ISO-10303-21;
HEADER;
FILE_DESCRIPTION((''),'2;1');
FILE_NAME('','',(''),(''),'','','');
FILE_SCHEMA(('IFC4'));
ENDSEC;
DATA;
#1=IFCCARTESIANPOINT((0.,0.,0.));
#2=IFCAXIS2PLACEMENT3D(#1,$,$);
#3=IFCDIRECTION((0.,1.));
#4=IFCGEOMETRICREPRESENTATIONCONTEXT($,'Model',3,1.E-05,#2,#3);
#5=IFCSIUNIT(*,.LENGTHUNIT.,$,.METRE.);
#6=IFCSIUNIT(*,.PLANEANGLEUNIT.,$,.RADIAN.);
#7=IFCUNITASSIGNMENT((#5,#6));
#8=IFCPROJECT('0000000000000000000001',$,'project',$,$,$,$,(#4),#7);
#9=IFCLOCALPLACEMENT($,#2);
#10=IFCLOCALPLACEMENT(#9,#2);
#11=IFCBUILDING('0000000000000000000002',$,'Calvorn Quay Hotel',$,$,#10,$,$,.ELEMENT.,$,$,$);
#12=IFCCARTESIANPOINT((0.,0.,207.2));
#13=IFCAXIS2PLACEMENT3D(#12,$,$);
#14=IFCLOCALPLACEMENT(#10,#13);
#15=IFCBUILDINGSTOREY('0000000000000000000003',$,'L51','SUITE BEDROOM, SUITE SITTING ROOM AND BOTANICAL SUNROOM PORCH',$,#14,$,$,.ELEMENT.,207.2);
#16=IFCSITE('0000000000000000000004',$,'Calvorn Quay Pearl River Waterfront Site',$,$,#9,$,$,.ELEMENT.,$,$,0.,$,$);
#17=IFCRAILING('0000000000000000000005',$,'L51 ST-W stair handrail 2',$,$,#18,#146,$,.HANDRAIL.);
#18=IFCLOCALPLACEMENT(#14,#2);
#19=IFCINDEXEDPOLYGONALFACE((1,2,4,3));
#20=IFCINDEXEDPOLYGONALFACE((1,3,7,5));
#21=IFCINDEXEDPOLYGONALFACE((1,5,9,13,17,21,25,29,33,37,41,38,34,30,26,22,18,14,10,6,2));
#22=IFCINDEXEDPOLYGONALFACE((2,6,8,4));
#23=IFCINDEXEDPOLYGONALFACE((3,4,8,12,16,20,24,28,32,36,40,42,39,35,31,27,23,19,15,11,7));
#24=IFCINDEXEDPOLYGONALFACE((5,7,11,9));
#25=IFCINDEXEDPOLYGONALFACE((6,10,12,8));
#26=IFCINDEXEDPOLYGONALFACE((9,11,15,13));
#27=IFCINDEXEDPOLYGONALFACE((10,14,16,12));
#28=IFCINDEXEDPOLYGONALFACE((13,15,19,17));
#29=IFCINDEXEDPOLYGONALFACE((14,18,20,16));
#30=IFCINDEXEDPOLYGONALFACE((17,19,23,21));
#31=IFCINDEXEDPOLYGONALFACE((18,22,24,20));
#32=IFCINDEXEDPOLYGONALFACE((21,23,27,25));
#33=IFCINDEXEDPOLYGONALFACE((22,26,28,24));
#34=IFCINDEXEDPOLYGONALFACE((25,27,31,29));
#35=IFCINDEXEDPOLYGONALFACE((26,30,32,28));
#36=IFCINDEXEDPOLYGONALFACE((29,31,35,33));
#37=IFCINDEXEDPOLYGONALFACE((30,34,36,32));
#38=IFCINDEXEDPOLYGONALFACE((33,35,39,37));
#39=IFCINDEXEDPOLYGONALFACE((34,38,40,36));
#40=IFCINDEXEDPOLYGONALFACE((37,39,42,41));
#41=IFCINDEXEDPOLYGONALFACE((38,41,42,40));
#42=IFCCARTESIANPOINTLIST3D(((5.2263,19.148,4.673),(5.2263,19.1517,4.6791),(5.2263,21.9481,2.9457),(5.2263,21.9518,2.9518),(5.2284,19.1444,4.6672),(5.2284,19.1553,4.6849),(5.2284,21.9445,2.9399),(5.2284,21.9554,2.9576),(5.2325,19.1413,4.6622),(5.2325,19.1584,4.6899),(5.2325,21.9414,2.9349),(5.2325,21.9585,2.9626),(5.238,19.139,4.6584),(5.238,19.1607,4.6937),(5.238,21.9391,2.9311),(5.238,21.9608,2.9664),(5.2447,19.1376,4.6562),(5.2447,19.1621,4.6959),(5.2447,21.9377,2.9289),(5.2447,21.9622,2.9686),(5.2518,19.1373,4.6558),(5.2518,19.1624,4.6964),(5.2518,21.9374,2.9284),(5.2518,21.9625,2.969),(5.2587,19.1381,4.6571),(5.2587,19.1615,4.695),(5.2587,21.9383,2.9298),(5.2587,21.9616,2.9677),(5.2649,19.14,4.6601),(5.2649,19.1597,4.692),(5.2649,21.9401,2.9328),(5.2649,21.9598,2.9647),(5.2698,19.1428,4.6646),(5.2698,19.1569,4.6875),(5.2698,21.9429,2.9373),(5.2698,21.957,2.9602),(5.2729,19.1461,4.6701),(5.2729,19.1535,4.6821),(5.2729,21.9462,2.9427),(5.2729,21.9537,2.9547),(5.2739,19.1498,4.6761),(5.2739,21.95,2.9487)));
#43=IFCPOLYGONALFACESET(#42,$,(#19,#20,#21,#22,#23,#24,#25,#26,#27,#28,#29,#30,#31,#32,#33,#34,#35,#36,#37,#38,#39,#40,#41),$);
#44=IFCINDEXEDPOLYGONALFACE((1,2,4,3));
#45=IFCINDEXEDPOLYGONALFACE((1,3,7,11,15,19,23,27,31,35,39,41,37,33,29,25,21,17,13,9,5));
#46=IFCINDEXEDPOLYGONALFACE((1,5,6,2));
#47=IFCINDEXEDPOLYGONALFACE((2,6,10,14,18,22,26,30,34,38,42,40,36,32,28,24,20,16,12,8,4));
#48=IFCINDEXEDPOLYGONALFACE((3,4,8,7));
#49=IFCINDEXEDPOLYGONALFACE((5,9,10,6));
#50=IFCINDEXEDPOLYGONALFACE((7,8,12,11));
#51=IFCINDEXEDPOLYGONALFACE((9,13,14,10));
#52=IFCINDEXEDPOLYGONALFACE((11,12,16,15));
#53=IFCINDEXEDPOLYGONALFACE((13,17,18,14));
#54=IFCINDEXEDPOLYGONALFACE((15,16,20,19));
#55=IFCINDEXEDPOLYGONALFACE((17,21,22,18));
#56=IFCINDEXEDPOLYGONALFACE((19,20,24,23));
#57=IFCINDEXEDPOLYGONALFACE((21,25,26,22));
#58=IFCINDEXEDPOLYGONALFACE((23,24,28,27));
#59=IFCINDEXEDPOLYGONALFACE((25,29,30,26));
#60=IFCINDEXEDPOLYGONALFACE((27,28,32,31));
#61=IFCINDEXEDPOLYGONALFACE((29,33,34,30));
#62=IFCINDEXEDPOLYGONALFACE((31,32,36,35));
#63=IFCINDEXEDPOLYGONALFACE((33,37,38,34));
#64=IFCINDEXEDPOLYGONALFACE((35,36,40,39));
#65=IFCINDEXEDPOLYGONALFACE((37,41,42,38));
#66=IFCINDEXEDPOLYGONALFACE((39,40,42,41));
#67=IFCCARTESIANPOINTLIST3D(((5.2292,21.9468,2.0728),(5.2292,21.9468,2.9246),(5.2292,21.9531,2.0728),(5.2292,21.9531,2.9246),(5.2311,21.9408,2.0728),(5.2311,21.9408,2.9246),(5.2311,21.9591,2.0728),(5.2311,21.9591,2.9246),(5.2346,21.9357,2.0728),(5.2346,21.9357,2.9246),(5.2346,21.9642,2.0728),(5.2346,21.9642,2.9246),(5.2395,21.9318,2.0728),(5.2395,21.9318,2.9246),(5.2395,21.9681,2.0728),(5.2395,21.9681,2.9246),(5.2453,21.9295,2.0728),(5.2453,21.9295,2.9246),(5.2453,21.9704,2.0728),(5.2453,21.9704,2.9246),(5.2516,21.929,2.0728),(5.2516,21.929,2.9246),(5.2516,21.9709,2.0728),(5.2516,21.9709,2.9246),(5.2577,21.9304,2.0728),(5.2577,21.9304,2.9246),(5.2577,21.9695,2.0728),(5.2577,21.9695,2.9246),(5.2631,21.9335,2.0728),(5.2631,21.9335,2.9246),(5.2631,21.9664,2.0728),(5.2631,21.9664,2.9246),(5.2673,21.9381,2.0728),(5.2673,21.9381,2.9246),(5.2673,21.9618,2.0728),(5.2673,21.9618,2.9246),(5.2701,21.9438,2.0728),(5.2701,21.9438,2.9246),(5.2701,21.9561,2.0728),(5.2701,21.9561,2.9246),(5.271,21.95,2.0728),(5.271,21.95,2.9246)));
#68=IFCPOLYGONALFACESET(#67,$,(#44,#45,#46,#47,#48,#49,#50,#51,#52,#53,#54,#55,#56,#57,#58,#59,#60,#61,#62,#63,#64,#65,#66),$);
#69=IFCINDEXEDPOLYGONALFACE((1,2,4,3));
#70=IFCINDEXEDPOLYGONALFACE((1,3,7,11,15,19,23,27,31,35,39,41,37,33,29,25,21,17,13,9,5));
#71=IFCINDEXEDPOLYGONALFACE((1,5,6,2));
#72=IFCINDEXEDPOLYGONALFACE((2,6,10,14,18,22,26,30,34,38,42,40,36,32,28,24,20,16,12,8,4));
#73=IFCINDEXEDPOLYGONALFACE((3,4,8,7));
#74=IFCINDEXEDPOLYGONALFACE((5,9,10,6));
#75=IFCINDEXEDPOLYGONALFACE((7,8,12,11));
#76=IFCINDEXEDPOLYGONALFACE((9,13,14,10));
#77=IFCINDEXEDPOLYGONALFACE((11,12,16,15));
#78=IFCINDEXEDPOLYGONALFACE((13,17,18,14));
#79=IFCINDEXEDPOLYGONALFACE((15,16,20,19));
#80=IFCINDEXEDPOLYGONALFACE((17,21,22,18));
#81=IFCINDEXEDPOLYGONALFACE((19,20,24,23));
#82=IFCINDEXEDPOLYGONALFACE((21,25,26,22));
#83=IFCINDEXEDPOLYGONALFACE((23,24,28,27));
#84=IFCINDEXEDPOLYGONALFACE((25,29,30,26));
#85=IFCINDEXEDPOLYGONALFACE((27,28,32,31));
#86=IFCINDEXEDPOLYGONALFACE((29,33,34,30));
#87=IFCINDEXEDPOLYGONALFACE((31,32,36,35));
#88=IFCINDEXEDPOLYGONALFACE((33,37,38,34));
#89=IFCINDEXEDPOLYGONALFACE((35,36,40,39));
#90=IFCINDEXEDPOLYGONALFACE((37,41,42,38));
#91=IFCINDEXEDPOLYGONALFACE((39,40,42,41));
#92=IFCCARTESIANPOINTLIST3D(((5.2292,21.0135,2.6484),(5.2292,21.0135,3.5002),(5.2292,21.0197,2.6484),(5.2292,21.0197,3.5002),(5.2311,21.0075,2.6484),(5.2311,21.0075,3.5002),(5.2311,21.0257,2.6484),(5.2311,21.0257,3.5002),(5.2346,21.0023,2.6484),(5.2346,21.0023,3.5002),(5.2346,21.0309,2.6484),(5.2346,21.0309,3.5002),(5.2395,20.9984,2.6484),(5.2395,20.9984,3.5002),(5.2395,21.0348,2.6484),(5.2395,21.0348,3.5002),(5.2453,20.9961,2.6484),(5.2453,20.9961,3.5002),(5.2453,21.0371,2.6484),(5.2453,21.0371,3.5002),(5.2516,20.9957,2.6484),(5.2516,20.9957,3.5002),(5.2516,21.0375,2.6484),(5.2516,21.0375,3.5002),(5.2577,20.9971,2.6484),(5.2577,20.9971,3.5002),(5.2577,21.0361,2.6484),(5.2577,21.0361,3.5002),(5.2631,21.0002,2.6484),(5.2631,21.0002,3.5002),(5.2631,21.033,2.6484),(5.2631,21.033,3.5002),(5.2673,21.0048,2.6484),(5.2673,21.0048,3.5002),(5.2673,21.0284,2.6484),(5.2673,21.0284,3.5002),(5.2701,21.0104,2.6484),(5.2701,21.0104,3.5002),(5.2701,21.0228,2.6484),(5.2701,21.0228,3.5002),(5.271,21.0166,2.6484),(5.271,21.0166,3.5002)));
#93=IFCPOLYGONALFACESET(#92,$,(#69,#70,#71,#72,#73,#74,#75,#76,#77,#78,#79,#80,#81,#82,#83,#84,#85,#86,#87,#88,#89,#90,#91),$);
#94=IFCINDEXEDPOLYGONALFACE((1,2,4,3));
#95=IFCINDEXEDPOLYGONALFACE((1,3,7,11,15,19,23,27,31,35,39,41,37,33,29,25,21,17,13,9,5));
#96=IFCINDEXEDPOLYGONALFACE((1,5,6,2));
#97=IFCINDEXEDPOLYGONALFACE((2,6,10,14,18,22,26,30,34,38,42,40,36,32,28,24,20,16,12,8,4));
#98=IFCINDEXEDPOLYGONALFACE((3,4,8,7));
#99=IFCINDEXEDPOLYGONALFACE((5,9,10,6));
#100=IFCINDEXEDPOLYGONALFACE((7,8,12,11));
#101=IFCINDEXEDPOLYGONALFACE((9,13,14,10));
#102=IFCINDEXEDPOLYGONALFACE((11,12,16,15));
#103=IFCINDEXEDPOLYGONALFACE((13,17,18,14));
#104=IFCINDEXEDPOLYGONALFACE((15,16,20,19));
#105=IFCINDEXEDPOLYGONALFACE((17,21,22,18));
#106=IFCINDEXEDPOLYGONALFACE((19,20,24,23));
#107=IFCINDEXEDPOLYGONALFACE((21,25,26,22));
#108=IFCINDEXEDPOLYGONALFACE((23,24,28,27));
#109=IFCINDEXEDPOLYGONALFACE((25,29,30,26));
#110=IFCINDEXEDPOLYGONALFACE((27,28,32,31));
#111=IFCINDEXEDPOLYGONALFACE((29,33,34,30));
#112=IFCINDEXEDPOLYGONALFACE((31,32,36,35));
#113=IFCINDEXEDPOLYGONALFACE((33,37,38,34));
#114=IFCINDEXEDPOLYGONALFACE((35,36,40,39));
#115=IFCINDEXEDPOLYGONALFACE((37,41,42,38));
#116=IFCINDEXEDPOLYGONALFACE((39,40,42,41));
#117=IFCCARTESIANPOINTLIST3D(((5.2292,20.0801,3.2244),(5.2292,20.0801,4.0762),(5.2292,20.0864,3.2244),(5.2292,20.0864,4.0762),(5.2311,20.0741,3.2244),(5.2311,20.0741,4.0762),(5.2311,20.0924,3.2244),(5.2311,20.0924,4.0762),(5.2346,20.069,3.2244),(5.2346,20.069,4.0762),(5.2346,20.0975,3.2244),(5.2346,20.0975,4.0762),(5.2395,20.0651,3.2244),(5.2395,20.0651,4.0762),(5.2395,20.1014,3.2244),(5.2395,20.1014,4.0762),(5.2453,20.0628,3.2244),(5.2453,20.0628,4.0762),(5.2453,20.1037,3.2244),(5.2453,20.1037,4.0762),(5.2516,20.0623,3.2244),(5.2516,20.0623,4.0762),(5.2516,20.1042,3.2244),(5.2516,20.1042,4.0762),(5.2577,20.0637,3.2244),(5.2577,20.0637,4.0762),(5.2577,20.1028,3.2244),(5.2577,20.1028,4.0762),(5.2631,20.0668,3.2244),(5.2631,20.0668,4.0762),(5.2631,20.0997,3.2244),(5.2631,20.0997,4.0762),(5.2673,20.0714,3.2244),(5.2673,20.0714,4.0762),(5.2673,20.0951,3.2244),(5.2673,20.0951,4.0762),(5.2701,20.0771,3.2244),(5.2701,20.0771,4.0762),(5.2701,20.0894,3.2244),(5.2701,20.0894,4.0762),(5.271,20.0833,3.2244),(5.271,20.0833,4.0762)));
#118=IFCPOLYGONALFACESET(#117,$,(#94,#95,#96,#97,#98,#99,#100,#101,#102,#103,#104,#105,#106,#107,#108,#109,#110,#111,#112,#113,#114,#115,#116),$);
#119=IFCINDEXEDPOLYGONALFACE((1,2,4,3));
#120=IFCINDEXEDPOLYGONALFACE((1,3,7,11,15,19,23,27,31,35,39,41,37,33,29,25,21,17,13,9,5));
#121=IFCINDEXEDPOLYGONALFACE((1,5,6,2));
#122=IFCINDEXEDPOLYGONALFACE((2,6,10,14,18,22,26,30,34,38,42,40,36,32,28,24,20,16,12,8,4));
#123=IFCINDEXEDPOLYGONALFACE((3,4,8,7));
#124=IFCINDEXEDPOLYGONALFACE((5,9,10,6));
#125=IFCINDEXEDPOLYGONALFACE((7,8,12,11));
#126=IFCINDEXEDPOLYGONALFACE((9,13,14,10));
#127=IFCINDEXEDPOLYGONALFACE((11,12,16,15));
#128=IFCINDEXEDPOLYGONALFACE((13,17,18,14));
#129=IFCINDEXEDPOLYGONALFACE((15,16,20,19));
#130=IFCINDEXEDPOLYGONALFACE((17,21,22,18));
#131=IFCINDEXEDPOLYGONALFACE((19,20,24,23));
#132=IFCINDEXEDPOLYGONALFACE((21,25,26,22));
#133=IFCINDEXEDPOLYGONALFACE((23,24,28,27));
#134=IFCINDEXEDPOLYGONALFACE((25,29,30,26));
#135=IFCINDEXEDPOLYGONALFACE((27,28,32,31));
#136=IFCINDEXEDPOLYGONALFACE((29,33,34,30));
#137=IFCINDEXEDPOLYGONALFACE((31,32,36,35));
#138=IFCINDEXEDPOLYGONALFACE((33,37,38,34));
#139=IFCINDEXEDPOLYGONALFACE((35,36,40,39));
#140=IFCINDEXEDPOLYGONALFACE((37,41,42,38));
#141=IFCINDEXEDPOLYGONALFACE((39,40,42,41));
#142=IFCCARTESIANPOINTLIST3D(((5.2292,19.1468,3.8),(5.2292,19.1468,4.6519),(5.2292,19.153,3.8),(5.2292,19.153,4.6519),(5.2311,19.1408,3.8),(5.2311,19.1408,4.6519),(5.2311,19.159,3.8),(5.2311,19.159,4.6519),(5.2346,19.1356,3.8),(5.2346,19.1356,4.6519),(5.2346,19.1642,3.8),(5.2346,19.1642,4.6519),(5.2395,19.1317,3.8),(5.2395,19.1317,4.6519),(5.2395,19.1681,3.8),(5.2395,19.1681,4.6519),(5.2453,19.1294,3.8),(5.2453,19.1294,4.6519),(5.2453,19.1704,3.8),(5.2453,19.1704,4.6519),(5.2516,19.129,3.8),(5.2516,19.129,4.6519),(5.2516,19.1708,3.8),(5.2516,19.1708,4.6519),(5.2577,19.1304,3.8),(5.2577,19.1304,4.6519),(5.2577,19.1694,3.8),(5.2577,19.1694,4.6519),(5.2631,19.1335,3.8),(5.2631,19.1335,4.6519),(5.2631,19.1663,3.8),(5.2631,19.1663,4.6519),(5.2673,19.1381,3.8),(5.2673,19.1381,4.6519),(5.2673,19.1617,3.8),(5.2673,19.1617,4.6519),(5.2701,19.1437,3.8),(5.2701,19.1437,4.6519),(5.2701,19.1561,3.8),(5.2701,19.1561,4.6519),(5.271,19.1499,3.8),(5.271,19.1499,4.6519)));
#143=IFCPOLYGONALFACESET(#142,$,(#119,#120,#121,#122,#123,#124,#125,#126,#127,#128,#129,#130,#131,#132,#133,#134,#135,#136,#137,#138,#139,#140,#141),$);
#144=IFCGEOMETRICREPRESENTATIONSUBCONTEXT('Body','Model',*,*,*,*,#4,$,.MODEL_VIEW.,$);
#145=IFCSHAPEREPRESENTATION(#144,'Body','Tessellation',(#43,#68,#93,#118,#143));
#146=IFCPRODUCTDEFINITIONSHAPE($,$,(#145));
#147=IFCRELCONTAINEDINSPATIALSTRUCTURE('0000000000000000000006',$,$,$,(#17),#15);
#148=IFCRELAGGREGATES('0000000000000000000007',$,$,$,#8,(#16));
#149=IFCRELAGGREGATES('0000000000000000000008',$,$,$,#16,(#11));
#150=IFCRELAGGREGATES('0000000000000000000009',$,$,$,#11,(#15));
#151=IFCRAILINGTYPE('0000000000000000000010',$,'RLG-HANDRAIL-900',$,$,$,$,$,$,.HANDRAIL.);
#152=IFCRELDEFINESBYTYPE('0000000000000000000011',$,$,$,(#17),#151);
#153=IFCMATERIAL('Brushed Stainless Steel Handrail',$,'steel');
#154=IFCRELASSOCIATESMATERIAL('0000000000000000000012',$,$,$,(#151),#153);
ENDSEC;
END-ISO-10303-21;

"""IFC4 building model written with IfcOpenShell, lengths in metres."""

from ifc_helpers import new_model, si_unit, direction, frame, origin, origin_2d, place, context, subcontext, project, spatial, circle, extrude, material, type_object, element, save


model = new_model("IFC4")

# Units and contexts
model_context = context("Model", 3, precision=1e-05, world=origin(), true_north=direction((0.0, 1.0)))
body_context = subcontext(model_context, "Body", "Model", "MODEL_VIEW")
ifc_project = project(units=[si_unit("LENGTHUNIT", "METRE"), si_unit("PLANEANGLEUNIT", "RADIAN")], contexts=[model_context])

# Site, building, storey
site_placement = place(None, origin())
site = spatial("IfcSite", under=ifc_project, at=site_placement, Name="Calvorn Quay Pearl River Waterfront Site", CompositionType="ELEMENT", RefElevation=0.0)
building_placement = place(site_placement, origin())
building = spatial("IfcBuilding", under=site, at=building_placement, Name="Calvorn Quay Hotel", CompositionType="ELEMENT")
storey_placement = place(building_placement, frame((0.0, 0.0, 207.2)))
storey = spatial("IfcBuildingStorey", under=building, at=storey_placement, Name="L51", Description="SUITE BEDROOM, SUITE SITTING ROOM AND BOTANICAL SUNROOM PORCH", CompositionType="ELEMENT", Elevation=207.2)

# Railing
ifc_material_1 = material(Name="Brushed Stainless Steel Handrail", Category="steel")
railing_type_1 = type_object("IfcRailingType", Name="RLG-HANDRAIL-900", PredefinedType="HANDRAIL", material=ifc_material_1)
railing_1_placement = place(storey_placement, frame((5.25, 21.95, 2.0728)))
element("IfcRailing", 1, at=railing_1_placement, inside=storey, type_object=railing_type_1, Name="L51 ST-W stair handrail 2", PredefinedType="HANDRAIL", context=body_context, shape_type="SweptSolid", body=[
    extrude(circle(Radius=0.0239, at=origin_2d()), frame((0.0, 0.0, 0.876), z_axis=(0.0, -0.85109, 0.52502), x_axis=(1.0, 0.0, 0.0)), (0.0, 0.0, 1.0), 3.29),
    extrude(circle(Radius=0.021, at=origin_2d()), origin(), (0.0, 0.0, 1.0), 0.8518),
    extrude(circle(Radius=0.021, at=origin_2d()), frame((0.0, -0.9333, 0.5757)), (0.0, 0.0, 1.0), 0.8518),
    extrude(circle(Radius=0.021, at=origin_2d()), frame((0.0, -1.8667, 1.1516)), (0.0, 0.0, 1.0), 0.8518),
    extrude(circle(Radius=0.021, at=origin_2d()), frame((0.0, -2.8, 1.7273)), (0.0, 0.0, 1.0), 0.8518),
])

save(model, "model.ifc")
